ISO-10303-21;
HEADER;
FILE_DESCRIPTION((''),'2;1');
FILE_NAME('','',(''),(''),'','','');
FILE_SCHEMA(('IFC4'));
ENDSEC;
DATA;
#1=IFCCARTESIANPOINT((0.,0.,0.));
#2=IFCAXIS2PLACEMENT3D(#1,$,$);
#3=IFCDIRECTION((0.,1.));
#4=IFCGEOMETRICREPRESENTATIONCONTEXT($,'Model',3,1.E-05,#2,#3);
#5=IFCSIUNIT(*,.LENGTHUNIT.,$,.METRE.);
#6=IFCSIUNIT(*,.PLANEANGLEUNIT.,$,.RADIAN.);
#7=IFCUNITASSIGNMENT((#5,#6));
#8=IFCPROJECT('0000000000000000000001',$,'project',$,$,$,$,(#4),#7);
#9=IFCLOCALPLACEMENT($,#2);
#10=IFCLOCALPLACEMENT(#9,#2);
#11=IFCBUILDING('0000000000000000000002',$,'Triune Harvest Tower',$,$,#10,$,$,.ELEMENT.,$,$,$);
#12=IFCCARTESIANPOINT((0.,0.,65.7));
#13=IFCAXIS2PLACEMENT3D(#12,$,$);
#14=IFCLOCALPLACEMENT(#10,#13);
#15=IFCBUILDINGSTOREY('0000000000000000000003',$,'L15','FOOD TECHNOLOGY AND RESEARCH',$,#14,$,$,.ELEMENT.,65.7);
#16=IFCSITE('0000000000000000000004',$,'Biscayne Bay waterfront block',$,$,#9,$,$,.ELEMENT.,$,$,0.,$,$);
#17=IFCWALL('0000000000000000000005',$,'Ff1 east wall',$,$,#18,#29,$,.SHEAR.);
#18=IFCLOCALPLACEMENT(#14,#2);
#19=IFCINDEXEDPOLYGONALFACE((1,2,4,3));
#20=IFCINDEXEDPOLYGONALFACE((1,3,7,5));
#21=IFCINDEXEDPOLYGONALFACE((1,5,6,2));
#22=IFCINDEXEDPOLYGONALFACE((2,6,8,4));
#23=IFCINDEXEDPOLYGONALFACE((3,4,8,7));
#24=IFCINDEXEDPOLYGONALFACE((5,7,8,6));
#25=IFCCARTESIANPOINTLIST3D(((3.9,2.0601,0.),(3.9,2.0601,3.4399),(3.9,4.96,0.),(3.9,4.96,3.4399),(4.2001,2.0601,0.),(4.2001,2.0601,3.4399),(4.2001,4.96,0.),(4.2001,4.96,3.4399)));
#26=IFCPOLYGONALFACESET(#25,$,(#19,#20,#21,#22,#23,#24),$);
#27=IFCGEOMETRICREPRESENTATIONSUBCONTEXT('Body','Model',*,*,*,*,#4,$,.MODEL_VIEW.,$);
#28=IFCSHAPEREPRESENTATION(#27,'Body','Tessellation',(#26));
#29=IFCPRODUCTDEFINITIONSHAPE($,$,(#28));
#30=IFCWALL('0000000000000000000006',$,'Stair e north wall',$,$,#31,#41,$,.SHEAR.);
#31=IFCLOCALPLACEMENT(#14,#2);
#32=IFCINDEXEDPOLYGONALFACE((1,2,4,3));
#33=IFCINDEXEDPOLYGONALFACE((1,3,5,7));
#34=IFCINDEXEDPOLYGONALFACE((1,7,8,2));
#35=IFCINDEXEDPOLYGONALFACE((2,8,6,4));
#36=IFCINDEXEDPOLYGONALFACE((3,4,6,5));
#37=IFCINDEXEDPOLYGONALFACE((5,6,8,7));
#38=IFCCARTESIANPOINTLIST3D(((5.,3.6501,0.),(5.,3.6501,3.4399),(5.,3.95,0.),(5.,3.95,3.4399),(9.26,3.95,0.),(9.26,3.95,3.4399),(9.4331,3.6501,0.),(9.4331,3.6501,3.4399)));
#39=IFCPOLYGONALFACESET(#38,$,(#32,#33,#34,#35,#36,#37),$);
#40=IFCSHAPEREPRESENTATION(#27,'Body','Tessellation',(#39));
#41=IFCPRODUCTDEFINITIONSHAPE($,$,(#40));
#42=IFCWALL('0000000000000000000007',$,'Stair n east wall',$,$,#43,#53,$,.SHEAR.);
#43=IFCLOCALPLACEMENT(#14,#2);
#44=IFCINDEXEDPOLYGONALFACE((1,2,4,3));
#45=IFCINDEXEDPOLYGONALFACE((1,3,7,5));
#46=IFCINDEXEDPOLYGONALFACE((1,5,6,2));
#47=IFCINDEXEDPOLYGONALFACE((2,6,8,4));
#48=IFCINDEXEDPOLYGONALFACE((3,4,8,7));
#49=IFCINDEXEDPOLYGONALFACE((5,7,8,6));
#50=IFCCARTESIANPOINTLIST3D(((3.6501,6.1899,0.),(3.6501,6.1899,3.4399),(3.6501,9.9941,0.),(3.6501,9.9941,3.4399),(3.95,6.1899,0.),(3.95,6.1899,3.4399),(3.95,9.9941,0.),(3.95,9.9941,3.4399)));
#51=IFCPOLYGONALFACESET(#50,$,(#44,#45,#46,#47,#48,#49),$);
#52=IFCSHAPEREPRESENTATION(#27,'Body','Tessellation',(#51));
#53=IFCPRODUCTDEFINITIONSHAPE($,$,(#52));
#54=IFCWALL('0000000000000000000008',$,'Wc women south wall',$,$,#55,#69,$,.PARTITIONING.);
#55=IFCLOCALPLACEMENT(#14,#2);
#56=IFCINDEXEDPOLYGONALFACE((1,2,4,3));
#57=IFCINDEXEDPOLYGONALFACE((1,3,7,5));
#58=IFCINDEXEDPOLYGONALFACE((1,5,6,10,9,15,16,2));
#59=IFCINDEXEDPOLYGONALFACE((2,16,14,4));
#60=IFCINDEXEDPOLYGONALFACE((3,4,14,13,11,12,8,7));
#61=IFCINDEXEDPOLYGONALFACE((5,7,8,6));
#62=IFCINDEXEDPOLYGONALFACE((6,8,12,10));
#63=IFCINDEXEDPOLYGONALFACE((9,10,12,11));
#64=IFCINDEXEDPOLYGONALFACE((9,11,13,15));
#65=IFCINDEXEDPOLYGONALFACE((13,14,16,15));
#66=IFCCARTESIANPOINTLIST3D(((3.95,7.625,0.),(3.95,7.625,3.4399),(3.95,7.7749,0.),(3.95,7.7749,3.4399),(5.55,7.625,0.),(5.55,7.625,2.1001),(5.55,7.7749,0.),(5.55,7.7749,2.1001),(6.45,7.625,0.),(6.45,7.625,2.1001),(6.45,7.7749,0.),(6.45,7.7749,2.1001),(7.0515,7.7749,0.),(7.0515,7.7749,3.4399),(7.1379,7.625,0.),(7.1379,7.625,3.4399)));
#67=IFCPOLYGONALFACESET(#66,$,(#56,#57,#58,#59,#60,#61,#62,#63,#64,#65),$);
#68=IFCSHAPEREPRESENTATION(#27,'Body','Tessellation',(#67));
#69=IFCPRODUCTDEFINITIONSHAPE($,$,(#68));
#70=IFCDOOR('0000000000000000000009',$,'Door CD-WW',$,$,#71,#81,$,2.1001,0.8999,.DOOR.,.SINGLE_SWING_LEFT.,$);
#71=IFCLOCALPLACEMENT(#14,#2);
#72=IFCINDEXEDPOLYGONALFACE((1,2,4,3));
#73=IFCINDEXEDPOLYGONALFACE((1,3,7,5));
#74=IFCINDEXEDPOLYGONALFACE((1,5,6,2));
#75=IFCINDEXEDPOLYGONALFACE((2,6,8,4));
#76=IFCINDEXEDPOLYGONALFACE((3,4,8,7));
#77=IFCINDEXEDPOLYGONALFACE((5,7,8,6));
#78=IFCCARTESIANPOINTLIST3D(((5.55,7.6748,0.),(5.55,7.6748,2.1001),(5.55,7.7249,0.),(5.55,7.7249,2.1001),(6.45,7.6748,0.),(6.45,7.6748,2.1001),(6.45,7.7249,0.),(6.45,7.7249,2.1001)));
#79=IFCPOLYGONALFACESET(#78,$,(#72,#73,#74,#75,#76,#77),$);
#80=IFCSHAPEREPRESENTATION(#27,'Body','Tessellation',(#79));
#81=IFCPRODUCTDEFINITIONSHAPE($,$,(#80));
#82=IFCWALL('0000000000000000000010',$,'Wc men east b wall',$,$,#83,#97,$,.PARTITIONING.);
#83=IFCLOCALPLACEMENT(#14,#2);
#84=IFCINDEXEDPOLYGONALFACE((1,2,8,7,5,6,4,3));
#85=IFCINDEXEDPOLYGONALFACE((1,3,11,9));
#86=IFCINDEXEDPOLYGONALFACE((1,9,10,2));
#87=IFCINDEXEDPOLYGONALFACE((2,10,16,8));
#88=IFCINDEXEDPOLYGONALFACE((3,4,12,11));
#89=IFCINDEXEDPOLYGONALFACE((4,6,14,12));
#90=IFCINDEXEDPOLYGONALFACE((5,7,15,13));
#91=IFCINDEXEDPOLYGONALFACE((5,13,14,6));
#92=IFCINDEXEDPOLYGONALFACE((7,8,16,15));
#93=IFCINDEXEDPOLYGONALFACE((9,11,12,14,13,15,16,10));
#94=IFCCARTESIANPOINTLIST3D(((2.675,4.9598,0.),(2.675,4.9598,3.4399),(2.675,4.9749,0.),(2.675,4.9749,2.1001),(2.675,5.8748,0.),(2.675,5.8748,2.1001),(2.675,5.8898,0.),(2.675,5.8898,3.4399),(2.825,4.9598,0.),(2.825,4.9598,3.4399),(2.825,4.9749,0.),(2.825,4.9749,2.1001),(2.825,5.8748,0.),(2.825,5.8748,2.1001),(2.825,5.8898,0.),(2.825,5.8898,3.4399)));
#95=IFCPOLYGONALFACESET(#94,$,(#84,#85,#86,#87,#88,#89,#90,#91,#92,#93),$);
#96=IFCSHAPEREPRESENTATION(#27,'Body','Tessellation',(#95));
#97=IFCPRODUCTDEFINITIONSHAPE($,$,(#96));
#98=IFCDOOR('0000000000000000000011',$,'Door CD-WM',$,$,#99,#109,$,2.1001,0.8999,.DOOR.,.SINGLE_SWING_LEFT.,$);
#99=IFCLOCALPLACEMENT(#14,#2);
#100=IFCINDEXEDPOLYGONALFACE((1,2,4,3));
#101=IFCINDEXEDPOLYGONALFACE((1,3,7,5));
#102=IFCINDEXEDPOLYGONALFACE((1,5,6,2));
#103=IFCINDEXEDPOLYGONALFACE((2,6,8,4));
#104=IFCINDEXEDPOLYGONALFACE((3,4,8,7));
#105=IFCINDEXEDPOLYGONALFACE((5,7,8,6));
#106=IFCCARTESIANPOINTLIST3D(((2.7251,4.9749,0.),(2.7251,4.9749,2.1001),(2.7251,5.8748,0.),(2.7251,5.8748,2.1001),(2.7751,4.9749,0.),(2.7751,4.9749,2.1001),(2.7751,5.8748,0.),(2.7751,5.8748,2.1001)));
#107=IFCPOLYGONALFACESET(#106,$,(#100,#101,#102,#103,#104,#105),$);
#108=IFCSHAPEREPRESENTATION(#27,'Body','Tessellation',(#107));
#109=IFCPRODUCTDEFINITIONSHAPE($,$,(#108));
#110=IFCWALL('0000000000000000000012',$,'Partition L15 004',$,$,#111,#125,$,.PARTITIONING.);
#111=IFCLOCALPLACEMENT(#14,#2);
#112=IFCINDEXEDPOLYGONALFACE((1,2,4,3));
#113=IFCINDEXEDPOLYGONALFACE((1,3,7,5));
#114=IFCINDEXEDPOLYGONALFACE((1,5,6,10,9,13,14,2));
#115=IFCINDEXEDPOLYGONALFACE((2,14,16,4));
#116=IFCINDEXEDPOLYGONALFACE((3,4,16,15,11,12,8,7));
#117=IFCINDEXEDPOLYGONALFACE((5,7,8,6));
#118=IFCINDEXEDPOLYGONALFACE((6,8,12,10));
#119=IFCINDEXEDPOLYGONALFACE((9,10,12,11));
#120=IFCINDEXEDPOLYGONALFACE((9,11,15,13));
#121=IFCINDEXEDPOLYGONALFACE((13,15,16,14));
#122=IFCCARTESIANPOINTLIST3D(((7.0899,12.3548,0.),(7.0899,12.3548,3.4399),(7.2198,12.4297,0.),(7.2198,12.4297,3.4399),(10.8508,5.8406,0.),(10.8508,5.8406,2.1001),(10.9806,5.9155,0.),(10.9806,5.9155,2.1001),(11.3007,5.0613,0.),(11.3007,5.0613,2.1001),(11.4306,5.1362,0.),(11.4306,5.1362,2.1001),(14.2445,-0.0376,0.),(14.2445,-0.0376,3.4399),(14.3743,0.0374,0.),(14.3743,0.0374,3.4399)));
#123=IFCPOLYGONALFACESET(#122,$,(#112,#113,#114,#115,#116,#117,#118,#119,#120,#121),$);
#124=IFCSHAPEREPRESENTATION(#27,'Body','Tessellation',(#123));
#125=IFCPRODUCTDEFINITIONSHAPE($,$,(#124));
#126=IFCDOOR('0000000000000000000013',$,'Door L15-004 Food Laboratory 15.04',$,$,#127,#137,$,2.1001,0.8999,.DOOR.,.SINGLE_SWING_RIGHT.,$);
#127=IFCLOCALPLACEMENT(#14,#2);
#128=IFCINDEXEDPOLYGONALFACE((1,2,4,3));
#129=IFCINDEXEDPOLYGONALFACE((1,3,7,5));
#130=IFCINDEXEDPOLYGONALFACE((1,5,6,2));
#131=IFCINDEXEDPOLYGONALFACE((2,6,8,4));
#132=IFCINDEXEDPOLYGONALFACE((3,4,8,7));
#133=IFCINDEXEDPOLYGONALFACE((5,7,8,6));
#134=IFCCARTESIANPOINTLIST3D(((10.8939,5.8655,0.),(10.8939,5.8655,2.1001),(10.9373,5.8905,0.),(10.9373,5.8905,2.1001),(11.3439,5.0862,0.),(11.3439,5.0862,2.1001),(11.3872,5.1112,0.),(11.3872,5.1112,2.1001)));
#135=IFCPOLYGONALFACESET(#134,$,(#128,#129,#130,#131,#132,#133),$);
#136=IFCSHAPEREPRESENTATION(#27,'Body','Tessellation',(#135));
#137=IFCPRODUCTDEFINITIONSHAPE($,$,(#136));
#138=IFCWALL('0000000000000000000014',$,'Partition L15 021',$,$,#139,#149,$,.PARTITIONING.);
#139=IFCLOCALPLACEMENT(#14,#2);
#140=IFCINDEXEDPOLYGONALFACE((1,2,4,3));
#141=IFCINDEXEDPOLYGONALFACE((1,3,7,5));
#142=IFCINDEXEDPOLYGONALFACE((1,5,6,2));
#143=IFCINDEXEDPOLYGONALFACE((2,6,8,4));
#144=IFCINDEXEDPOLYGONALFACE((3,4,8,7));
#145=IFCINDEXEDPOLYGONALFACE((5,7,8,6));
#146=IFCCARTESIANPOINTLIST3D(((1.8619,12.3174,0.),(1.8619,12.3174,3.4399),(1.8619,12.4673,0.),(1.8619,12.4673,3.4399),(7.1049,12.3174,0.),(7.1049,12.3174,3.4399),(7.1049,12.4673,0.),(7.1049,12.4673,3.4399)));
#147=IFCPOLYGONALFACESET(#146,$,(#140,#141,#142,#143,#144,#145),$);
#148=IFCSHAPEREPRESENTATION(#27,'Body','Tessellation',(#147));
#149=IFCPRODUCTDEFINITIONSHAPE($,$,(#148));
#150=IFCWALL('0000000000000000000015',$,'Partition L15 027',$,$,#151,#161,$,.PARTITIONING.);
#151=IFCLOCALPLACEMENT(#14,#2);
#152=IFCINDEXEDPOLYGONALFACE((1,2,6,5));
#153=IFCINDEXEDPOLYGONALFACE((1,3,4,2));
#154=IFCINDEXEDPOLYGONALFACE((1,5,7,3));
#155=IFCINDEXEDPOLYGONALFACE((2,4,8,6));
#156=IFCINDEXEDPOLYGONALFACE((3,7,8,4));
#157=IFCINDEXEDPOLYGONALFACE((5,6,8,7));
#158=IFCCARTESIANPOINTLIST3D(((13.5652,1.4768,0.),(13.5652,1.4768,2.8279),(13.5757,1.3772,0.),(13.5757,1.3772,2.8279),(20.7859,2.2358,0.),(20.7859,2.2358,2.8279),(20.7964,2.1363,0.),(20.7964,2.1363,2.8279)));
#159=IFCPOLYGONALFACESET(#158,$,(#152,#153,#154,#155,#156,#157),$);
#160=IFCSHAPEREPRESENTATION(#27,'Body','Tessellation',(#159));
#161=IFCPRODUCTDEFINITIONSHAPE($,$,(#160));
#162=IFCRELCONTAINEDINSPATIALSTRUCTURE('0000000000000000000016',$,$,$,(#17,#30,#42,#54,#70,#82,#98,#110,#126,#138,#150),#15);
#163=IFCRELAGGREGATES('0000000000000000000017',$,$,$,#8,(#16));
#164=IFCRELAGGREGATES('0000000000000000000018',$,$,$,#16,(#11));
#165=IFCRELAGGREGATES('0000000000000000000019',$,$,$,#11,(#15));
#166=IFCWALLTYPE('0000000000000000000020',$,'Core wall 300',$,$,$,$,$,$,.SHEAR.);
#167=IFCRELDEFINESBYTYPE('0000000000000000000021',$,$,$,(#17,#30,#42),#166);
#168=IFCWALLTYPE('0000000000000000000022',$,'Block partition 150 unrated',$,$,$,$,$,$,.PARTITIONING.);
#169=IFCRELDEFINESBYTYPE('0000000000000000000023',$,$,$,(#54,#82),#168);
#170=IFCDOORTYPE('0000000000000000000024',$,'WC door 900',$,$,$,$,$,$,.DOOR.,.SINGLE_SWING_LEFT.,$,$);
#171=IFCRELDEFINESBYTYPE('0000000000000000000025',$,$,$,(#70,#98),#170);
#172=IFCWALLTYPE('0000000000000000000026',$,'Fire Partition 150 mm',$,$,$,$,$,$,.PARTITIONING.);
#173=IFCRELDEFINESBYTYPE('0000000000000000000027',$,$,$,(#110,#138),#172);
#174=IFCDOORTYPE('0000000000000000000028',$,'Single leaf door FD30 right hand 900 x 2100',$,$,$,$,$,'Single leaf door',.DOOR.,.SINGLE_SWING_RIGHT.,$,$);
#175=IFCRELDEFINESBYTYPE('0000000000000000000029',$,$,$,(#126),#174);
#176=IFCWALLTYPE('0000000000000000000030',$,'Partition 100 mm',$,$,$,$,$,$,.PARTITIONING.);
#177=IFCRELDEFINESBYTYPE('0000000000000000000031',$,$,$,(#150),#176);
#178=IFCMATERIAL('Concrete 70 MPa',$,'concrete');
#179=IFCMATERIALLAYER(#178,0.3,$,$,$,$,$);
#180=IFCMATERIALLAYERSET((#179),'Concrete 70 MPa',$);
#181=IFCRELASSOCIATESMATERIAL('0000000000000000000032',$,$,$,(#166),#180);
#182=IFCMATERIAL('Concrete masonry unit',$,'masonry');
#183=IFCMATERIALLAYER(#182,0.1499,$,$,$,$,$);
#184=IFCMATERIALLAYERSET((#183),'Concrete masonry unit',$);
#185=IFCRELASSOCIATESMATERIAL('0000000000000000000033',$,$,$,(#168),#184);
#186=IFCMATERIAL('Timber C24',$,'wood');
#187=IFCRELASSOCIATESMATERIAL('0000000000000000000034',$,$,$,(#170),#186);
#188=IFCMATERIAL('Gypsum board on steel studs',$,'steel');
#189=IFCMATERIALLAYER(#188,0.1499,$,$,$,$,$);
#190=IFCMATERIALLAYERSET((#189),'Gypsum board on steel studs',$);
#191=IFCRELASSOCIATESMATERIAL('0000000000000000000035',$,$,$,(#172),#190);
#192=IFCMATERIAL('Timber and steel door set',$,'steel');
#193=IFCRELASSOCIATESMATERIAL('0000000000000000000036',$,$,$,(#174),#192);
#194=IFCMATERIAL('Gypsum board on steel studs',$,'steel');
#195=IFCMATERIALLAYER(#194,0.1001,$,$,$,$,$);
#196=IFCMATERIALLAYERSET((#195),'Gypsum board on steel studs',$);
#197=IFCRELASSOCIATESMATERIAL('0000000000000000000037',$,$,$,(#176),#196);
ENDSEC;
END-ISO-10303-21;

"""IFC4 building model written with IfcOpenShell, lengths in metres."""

from ifc_helpers import new_model, si_unit, direction, frame, frame_2d, origin, place, context, subcontext, project, spatial, polyline, rectangle, outline, extrude, source, transform, mapped, material, layer, layer_set, type_object, element, fill, save


model = new_model("IFC4")

# Units and contexts
model_context = context("Model", 3, precision=1e-05, world=origin(), true_north=direction((0.0, 1.0)))
body_context = subcontext(model_context, "Body", "Model", "MODEL_VIEW")
ifc_project = project(units=[si_unit("LENGTHUNIT", "METRE"), si_unit("PLANEANGLEUNIT", "RADIAN")], contexts=[model_context])

# Site, building, storey
site_placement = place(None, origin())
site = spatial("IfcSite", under=ifc_project, at=site_placement, Name="Biscayne Bay waterfront block", CompositionType="ELEMENT", RefElevation=0.0)
building_placement = place(site_placement, origin())
building = spatial("IfcBuilding", under=site, at=building_placement, Name="Triune Harvest Tower", CompositionType="ELEMENT")
storey_placement = place(building_placement, frame((0.0, 0.0, 65.7)))
storey = spatial("IfcBuildingStorey", under=building, at=storey_placement, Name="L15", Description="FOOD TECHNOLOGY AND RESEARCH", CompositionType="ELEMENT", Elevation=65.7)

# Shared definitions
ifc_material_1 = material(Name="Concrete 70 MPa", Category="concrete")
ifc_layer_1 = layer(ifc_material_1, 0.3)
ifc_layer_set_1 = layer_set([ifc_layer_1], Name="Concrete 70 MPa")
wall_type_1 = type_object("IfcWallType", Name="Core wall 300", PredefinedType="SHEAR", material=ifc_layer_set_1)

# Walls
shared_shape_1 = source(origin(), body_context, "Body", "SweptSolid", [
    extrude(rectangle(XDim=2.8999, YDim=0.3, at=frame_2d((1.45, 0.0))), origin(), (0.0, 0.0, 1.0), 3.4399),
])
wall_1_placement = place(storey_placement, frame((4.05, 2.0601, 0.0), z_axis=(0.0, 0.0, 1.0), x_axis=(0.0, 1.0, 0.0)))
element("IfcWall", 1, at=wall_1_placement, inside=storey, type_object=wall_type_1, Name="Ff1 east wall", PredefinedType="SHEAR", context=body_context, shape_type="MappedRepresentation", body=[
    mapped(shared_shape_1, transform((0.0, 0.0, 0.0), scale=1.0)),
])
shared_shape_2 = source(origin(), body_context, "Body", "SweptSolid", [
    extrude(outline(polyline([(0.0, -0.1499), (0.0, 0.1499), (4.26, 0.1499), (4.4331, -0.1499), (0.0, -0.1499)])), origin(), (0.0, 0.0, 1.0), 3.4399),
])
wall_2_placement = place(storey_placement, frame((5.0, 3.8, 0.0), z_axis=(0.0, 0.0, 1.0), x_axis=(1.0, 0.0, 0.0)))
element("IfcWall", 2, at=wall_2_placement, inside=storey, type_object=wall_type_1, Name="Stair e north wall", PredefinedType="SHEAR", context=body_context, shape_type="MappedRepresentation", body=[
    mapped(shared_shape_2, transform((0.0, 0.0, 0.0), scale=1.0)),
])
shared_shape_3 = source(origin(), body_context, "Body", "SweptSolid", [
    extrude(outline(polyline([(0.0, -0.1499), (0.0, 0.1499), (3.8042, 0.1499), (3.8042, -0.1499), (0.0, -0.1499)])), origin(), (0.0, 0.0, 1.0), 3.4399),
])
wall_3_placement = place(storey_placement, frame((3.8, 6.1899, 0.0), z_axis=(0.0, 0.0, 1.0), x_axis=(0.0, 1.0, 0.0)))
element("IfcWall", 3, at=wall_3_placement, inside=storey, type_object=wall_type_1, Name="Stair n east wall", PredefinedType="SHEAR", context=body_context, shape_type="MappedRepresentation", body=[
    mapped(shared_shape_3, transform((0.0, 0.0, 0.0), scale=1.0)),
])

# Walls, openings, doors
ifc_material_2 = material(Name="Concrete masonry unit", Category="masonry")
ifc_layer_2 = layer(ifc_material_2, 0.1499)
ifc_layer_set_2 = layer_set([ifc_layer_2], Name="Concrete masonry unit")
wall_type_2 = type_object("IfcWallType", Name="Block partition 150 unrated", PredefinedType="PARTITIONING", material=ifc_layer_set_2)
shared_shape_4 = source(origin(), body_context, "Body", "SweptSolid", [
    extrude(outline(polyline([(0.0, -0.075), (0.0, 0.075), (3.1016, 0.075), (3.188, -0.075), (0.0, -0.075)])), origin(), (0.0, 0.0, 1.0), 3.4399),
])
wall_4_placement = place(storey_placement, frame((3.95, 7.7, 0.0), z_axis=(0.0, 0.0, 1.0), x_axis=(1.0, 0.0, 0.0)))
wall_4 = element("IfcWall", 4, at=wall_4_placement, inside=storey, type_object=wall_type_2, Name="Wc women south wall", PredefinedType="PARTITIONING", context=body_context, shape_type="MappedRepresentation", body=[
    mapped(shared_shape_4, transform((0.0, 0.0, 0.0), scale=1.0)),
])
opening_1_placement = place(wall_4_placement, frame((1.6001, 0.0, 0.0)))
opening_1 = element("IfcOpeningElement", 5, at=opening_1_placement, cuts=wall_4, PredefinedType="OPENING", context=body_context, shape_type="SweptSolid", body=[
    extrude(rectangle(XDim=0.8999, YDim=2.1001, at=frame_2d((0.45, 1.05))), frame((0.0, 0.085, 0.0), z_axis=(0.0, -1.0, 0.0), x_axis=(1.0, 0.0, 0.0)), (0.0, 0.0, 1.0), 0.1699),
])
ifc_material_3 = material(Name="Timber C24", Category="wood")
door_type_1 = type_object("IfcDoorType", Name="WC door 900", OperationType="SINGLE_SWING_LEFT", PredefinedType="DOOR", material=ifc_material_3)
door_1_placement = place(opening_1_placement, origin())
door_1 = element("IfcDoor", 6, at=door_1_placement, inside=storey, type_object=door_type_1, Name="Door CD-WW", OperationType="SINGLE_SWING_LEFT", OverallHeight=2.1001, OverallWidth=0.8999, PredefinedType="DOOR", context=body_context, shape_type="SweptSolid", body=[
    extrude(rectangle(XDim=0.8999, YDim=2.1001, at=frame_2d((0.45, 1.05))), frame((0.0, 0.0249, 0.0), z_axis=(0.0, -1.0, 0.0), x_axis=(1.0, 0.0, 0.0)), (0.0, 0.0, 1.0), 0.05),
])
fill(opening_1, door_1)
shared_shape_5 = source(origin(), body_context, "Body", "SweptSolid", [
    extrude(rectangle(XDim=0.9299, YDim=0.1499, at=frame_2d((0.4648, 0.0))), origin(), (0.0, 0.0, 1.0), 3.4399),
])
wall_5_placement = place(storey_placement, frame((2.75, 4.96, 0.0), z_axis=(0.0, 0.0, 1.0), x_axis=(0.0, 1.0, 0.0)))
wall_5 = element("IfcWall", 7, at=wall_5_placement, inside=storey, type_object=wall_type_2, Name="Wc men east b wall", PredefinedType="PARTITIONING", context=body_context, shape_type="MappedRepresentation", body=[
    mapped(shared_shape_5, transform((0.0, 0.0, 0.0), scale=1.0)),
])
opening_2_placement = place(wall_5_placement, frame((0.0149, 0.0, 0.0)))
opening_2 = element("IfcOpeningElement", 8, at=opening_2_placement, cuts=wall_5, PredefinedType="OPENING", context=body_context, shape_type="SweptSolid", body=[
    extrude(rectangle(XDim=0.8999, YDim=2.1001, at=frame_2d((0.45, 1.05))), frame((0.0, 0.085, 0.0), z_axis=(0.0, -1.0, 0.0), x_axis=(1.0, 0.0, 0.0)), (0.0, 0.0, 1.0), 0.1699),
])
door_2_placement = place(opening_2_placement, origin())
door_2 = element("IfcDoor", 9, at=door_2_placement, inside=storey, type_object=door_type_1, Name="Door CD-WM", OperationType="SINGLE_SWING_LEFT", OverallHeight=2.1001, OverallWidth=0.8999, PredefinedType="DOOR", context=body_context, shape_type="SweptSolid", body=[
    extrude(rectangle(XDim=0.8999, YDim=2.1001, at=frame_2d((0.45, 1.05))), frame((0.0, 0.0249, 0.0), z_axis=(0.0, -1.0, 0.0), x_axis=(1.0, 0.0, 0.0)), (0.0, 0.0, 1.0), 0.05),
])
fill(opening_2, door_2)
ifc_material_4 = material(Name="Gypsum board on steel studs", Category="steel")
ifc_layer_3 = layer(ifc_material_4, 0.1499)
ifc_layer_set_3 = layer_set([ifc_layer_3], Name="Gypsum board on steel studs")
wall_type_3 = type_object("IfcWallType", Name="Fire Partition 150 mm", PredefinedType="PARTITIONING", material=ifc_layer_set_3)
shared_shape_6 = source(origin(), body_context, "Body", "SweptSolid", [
    extrude(rectangle(XDim=14.3093, YDim=0.1499, at=frame_2d((7.1548, 0.0))), origin(), (0.0, 0.0, 1.0), 3.4399),
])
wall_6_placement = place(storey_placement, frame((7.1548, 12.3923, 0.0), z_axis=(0.0, 0.0, 1.0), x_axis=(0.499991, -0.866031, 0.0)))
wall_6 = element("IfcWall", 10, at=wall_6_placement, inside=storey, type_object=wall_type_3, Name="Partition L15 004", PredefinedType="PARTITIONING", context=body_context, shape_type="MappedRepresentation", body=[
    mapped(shared_shape_6, transform((0.0, 0.0, 0.0), scale=1.0)),
])
opening_3_placement = place(wall_6_placement, frame((7.522, 0.0, 0.0)))
opening_3 = element("IfcOpeningElement", 11, at=opening_3_placement, cuts=wall_6, PredefinedType="OPENING", context=body_context, shape_type="SweptSolid", body=[
    extrude(rectangle(XDim=0.8999, YDim=2.1001, at=frame_2d((0.45, 1.05))), frame((0.0, 0.085, 0.0), z_axis=(0.0, -1.0, 0.0), x_axis=(1.0, 0.0, 0.0)), (0.0, 0.0, 1.0), 0.1699),
])
ifc_material_5 = material(Name="Timber and steel door set", Category="steel")
door_type_2 = type_object("IfcDoorType", Name="Single leaf door FD30 right hand 900 x 2100", ElementType="Single leaf door", OperationType="SINGLE_SWING_RIGHT", PredefinedType="DOOR", material=ifc_material_5)
door_3_placement = place(opening_3_placement, origin())
door_3 = element("IfcDoor", 12, at=door_3_placement, inside=storey, type_object=door_type_2, Name="Door L15-004 Food Laboratory 15.04", OperationType="SINGLE_SWING_RIGHT", OverallHeight=2.1001, OverallWidth=0.8999, PredefinedType="DOOR", context=body_context, shape_type="SweptSolid", body=[
    extrude(rectangle(XDim=0.8999, YDim=2.1001, at=frame_2d((0.45, 1.05))), frame((0.0, 0.0249, 0.0), z_axis=(0.0, -1.0, 0.0), x_axis=(1.0, 0.0, 0.0)), (0.0, 0.0, 1.0), 0.05),
])
fill(opening_3, door_3)

# Walls
shared_shape_7 = source(origin(), body_context, "Body", "SweptSolid", [
    extrude(rectangle(XDim=5.2429, YDim=0.1499, at=frame_2d((2.6216, 0.0))), origin(), (0.0, 0.0, 1.0), 3.4399),
])
wall_7_placement = place(storey_placement, frame((1.8618, 12.3923, 0.0), z_axis=(0.0, 0.0, 1.0), x_axis=(1.0, 0.0, 0.0)))
element("IfcWall", 13, at=wall_7_placement, inside=storey, type_object=wall_type_3, Name="Partition L15 021", PredefinedType="PARTITIONING", context=body_context, shape_type="MappedRepresentation", body=[
    mapped(shared_shape_7, transform((0.0, 0.0, 0.0), scale=1.0)),
])
ifc_material_6 = material(Name="Gypsum board on steel studs", Category="steel")
ifc_layer_4 = layer(ifc_material_6, 0.1001)
ifc_layer_set_4 = layer_set([ifc_layer_4], Name="Gypsum board on steel studs")
wall_type_4 = type_object("IfcWallType", Name="Partition 100 mm", PredefinedType="PARTITIONING", material=ifc_layer_set_4)
shared_shape_8 = source(origin(), body_context, "Body", "SweptSolid", [
    extrude(rectangle(XDim=7.2605, YDim=0.1001, at=frame_2d((3.6304, 0.0))), origin(), (0.0, 0.0, 1.0), 2.8279),
])
wall_8_placement = place(storey_placement, frame((13.5703, 1.427, 0.0), z_axis=(0.0, 0.0, 1.0), x_axis=(0.99452, 0.104543, 0.0)))
element("IfcWall", 14, at=wall_8_placement, inside=storey, type_object=wall_type_4, Name="Partition L15 027", PredefinedType="PARTITIONING", context=body_context, shape_type="MappedRepresentation", body=[
    mapped(shared_shape_8, transform((0.0, 0.0, 0.0), scale=1.0)),
])

save(model, "model.ifc")
